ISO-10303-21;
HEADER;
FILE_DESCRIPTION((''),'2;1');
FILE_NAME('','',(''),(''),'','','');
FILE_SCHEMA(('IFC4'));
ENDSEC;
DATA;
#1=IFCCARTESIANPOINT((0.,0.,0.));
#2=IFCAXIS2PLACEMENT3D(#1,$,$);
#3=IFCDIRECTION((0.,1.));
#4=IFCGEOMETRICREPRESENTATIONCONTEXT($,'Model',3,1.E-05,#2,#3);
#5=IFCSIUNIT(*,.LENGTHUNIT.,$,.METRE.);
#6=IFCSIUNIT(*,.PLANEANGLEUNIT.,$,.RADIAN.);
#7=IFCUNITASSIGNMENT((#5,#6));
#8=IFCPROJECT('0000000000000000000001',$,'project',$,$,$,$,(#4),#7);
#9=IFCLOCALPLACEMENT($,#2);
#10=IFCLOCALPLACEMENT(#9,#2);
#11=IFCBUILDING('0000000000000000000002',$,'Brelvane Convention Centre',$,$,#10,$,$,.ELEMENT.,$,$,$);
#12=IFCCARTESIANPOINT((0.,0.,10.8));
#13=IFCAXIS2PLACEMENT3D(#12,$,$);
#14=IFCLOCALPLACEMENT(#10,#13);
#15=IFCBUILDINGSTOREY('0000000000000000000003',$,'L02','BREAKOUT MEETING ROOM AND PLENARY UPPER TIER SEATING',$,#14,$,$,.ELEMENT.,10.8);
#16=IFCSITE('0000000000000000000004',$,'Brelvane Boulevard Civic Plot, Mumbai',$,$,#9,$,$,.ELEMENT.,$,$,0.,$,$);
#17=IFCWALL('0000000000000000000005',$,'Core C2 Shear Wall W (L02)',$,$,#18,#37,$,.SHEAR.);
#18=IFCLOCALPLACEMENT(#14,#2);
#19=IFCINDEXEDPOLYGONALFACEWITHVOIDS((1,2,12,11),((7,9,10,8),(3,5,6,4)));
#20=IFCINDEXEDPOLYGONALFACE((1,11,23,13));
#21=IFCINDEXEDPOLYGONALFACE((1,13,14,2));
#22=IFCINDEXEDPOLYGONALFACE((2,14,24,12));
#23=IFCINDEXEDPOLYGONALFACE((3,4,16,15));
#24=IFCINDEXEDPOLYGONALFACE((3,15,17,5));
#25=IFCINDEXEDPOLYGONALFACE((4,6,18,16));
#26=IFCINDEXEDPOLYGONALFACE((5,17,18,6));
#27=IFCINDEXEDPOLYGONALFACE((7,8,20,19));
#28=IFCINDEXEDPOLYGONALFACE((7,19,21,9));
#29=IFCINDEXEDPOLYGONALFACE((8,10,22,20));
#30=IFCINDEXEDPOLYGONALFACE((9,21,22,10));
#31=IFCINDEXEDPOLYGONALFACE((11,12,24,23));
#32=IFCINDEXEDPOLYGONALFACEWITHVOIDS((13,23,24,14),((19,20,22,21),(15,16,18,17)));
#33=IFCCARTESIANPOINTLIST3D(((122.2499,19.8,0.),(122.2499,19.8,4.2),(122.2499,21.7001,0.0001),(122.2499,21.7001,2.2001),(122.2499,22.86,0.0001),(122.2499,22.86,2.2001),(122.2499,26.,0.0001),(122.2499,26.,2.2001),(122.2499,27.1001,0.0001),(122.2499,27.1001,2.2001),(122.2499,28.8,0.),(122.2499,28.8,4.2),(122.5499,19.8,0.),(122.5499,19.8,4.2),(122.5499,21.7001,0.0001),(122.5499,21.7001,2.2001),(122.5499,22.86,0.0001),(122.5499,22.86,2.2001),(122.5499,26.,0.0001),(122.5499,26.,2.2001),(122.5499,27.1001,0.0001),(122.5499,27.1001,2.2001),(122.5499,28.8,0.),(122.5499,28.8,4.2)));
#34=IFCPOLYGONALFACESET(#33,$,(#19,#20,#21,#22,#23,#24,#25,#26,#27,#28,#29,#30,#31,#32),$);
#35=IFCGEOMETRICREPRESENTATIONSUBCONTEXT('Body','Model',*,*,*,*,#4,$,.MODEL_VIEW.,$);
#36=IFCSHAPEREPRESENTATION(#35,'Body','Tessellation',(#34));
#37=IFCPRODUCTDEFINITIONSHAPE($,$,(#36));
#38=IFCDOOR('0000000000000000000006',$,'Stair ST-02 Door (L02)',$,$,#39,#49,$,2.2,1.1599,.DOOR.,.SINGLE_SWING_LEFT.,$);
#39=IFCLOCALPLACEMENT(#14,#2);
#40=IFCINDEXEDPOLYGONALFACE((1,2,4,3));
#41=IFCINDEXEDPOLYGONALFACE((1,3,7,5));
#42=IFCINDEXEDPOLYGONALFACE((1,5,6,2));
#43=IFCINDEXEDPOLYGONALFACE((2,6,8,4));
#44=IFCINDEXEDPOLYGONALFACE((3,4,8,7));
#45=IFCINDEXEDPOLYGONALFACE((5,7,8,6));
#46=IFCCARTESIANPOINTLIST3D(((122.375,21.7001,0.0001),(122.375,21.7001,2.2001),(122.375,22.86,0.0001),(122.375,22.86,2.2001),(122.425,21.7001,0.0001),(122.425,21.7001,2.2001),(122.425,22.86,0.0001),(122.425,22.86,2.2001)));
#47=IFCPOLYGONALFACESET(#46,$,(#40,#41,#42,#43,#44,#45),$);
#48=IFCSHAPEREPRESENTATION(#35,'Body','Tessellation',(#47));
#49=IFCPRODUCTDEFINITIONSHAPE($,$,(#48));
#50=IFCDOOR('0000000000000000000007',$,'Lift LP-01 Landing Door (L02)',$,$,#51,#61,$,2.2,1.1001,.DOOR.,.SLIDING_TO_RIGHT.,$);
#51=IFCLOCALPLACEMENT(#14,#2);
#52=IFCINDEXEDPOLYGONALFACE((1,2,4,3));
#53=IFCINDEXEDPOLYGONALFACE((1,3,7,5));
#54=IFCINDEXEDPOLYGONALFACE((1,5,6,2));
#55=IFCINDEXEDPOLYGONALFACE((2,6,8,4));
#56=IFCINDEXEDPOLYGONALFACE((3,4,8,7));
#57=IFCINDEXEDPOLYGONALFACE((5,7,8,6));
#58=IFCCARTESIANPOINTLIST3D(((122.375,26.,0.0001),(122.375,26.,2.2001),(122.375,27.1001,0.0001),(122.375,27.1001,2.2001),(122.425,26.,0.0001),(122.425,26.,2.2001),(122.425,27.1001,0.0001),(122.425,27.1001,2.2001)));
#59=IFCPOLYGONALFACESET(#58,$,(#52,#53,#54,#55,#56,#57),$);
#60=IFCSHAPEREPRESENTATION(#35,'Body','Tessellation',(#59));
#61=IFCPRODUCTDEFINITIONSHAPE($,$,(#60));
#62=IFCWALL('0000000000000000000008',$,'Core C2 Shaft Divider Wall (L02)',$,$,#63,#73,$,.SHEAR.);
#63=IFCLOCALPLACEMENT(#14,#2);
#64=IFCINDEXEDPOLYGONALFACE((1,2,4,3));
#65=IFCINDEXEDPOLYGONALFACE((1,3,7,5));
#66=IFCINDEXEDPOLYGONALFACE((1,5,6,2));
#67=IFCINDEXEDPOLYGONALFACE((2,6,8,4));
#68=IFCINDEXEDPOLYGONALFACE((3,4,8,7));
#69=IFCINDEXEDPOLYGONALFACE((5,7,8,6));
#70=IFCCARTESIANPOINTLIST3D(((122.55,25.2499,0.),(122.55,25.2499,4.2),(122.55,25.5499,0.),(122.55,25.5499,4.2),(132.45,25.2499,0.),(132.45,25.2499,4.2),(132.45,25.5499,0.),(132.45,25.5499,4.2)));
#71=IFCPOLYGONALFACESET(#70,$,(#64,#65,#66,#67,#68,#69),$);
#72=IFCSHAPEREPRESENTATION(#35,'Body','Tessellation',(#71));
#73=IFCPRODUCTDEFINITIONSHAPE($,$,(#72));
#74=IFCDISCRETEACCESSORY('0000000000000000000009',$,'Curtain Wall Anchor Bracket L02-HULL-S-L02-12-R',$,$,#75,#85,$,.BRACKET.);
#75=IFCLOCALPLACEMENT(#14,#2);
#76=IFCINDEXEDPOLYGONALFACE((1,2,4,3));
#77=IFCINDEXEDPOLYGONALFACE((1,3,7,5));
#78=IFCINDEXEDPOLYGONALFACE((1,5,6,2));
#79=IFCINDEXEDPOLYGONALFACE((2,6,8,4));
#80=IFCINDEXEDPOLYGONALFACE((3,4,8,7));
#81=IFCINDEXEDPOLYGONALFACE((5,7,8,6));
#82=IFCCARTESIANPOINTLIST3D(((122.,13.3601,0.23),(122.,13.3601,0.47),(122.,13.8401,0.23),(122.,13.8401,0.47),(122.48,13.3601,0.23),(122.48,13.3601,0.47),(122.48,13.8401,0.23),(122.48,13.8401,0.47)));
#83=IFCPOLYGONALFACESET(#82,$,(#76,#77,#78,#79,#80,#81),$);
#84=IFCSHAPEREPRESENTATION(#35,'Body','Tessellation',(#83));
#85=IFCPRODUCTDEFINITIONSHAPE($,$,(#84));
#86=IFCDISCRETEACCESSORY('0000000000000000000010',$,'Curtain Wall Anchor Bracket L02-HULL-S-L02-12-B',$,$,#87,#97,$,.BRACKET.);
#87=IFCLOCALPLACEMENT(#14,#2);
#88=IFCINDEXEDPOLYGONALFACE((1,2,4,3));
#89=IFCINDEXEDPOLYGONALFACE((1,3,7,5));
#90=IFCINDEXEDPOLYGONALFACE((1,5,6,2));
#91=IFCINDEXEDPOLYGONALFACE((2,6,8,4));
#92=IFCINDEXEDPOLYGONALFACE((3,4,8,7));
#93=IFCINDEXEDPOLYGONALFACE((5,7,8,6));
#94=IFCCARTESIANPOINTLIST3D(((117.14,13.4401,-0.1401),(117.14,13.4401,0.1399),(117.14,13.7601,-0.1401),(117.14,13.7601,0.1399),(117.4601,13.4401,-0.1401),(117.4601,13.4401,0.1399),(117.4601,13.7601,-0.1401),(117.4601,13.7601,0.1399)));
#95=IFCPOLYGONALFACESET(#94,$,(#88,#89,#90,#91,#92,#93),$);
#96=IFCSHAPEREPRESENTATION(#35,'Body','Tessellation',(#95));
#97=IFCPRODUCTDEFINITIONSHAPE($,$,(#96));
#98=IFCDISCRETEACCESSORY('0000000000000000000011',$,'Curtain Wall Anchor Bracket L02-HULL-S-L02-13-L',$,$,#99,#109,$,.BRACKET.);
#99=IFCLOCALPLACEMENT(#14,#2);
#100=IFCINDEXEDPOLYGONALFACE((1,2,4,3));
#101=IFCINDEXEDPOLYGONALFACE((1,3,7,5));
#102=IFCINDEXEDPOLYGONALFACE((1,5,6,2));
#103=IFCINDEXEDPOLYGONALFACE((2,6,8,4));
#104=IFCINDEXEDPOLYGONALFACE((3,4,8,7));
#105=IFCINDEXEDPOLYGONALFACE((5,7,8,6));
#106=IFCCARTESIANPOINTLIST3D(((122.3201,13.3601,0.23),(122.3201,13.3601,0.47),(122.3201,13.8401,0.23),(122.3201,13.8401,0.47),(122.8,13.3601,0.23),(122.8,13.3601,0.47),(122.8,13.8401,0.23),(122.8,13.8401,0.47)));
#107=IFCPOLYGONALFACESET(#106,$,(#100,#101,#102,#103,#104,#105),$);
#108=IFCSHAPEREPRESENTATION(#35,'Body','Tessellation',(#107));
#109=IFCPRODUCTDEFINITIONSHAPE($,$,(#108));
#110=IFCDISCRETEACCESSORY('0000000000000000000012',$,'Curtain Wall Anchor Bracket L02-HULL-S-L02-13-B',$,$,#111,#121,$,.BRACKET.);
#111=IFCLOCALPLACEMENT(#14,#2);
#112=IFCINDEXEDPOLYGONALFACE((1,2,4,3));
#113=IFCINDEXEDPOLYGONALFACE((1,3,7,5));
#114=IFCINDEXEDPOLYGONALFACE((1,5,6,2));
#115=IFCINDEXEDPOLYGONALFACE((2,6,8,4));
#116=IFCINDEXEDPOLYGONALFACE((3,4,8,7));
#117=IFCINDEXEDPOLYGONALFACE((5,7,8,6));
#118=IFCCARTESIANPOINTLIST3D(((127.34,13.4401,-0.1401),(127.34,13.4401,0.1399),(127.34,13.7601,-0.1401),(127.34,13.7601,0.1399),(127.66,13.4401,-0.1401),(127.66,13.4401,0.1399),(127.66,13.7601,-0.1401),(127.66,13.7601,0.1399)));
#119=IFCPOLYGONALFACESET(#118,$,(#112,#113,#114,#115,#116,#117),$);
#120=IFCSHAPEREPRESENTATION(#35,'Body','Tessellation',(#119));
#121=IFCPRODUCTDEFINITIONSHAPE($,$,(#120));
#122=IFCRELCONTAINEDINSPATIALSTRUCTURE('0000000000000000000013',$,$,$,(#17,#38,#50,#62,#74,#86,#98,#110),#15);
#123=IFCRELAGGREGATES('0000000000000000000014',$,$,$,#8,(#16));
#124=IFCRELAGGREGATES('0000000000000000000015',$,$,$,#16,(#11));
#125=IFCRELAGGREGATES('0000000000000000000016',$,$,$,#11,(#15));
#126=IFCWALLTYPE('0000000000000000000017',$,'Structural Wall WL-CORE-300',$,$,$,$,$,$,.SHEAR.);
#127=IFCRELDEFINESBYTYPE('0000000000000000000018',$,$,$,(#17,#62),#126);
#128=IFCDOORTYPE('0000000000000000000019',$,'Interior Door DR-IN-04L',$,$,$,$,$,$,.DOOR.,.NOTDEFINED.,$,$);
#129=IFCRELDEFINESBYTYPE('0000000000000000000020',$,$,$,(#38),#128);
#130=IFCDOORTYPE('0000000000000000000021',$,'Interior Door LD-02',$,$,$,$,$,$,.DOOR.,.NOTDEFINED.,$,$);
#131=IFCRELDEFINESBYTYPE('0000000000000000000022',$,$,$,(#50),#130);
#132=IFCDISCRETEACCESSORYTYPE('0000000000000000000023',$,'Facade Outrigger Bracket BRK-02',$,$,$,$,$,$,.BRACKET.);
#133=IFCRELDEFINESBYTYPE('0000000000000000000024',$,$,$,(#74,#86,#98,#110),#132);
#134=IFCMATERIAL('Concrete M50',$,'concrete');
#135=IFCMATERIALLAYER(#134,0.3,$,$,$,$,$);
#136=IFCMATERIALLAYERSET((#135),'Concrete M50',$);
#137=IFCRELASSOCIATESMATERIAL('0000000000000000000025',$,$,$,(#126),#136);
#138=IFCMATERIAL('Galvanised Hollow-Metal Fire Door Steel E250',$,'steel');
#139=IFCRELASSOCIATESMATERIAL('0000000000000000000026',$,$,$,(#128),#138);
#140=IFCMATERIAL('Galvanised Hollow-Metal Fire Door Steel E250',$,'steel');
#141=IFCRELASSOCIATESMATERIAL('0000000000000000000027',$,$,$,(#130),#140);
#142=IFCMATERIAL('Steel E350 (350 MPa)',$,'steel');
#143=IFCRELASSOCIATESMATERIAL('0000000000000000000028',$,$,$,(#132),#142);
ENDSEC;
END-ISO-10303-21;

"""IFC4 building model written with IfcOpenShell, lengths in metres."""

from ifc_helpers import new_model, si_unit, direction, frame, frame_2d, origin, origin_2d, place, context, subcontext, project, spatial, rectangle, extrude, material, layer, layer_set, type_object, element, fill, save


model = new_model("IFC4")

# Units and contexts
model_context = context("Model", 3, precision=1e-05, world=origin(), true_north=direction((0.0, 1.0)))
body_context = subcontext(model_context, "Body", "Model", "MODEL_VIEW")
ifc_project = project(units=[si_unit("LENGTHUNIT", "METRE"), si_unit("PLANEANGLEUNIT", "RADIAN")], contexts=[model_context])

# Site, building, storey
site_placement = place(None, origin())
site = spatial("IfcSite", under=ifc_project, at=site_placement, Name="Brelvane Boulevard Civic Plot, Mumbai", CompositionType="ELEMENT", RefElevation=0.0)
building_placement = place(site_placement, origin())
building = spatial("IfcBuilding", under=site, at=building_placement, Name="Brelvane Convention Centre", CompositionType="ELEMENT")
storey_placement = place(building_placement, frame((0.0, 0.0, 10.8)))
storey = spatial("IfcBuildingStorey", under=building, at=storey_placement, Name="L02", Description="BREAKOUT MEETING ROOM AND PLENARY UPPER TIER SEATING", CompositionType="ELEMENT", Elevation=10.8)

# Shared definitions
ifc_material_1 = material(Name="Concrete M50", Category="concrete")
ifc_layer_1 = layer(ifc_material_1, 0.3)
ifc_layer_set_1 = layer_set([ifc_layer_1], Name="Concrete M50")
wall_type = type_object("IfcWallType", Name="Structural Wall WL-CORE-300", PredefinedType="SHEAR", material=ifc_layer_set_1)

# Wall, openings, doors
wall_1_placement = place(storey_placement, frame((122.3999, 19.8, 0.0), z_axis=(0.0, 0.0, 1.0), x_axis=(0.0, 1.0, 0.0)))
wall_1 = element("IfcWall", 1, at=wall_1_placement, inside=storey, type_object=wall_type, Name="Core C2 Shear Wall W (L02)", PredefinedType="SHEAR", context=body_context, shape_type="SweptSolid", body=[
    extrude(rectangle(XDim=9.0, YDim=0.3, at=frame_2d((4.5, 0.0))), origin(), (0.0, 0.0, 1.0), 4.2),
])
opening_1_placement = place(wall_1_placement, frame((1.8999, 0.0, 0.0)))
opening_1 = element("IfcOpeningElement", 2, at=opening_1_placement, cuts=wall_1, PredefinedType="OPENING", context=body_context, shape_type="SweptSolid", body=[
    extrude(rectangle(XDim=1.1599, YDim=2.2, at=frame_2d((0.5801, 1.1001))), frame((0.0, 0.1599, 0.0), z_axis=(0.0, -1.0, 0.0), x_axis=(1.0, 0.0, 0.0)), (0.0, 0.0, 1.0), 0.3201),
])
opening_2_placement = place(wall_1_placement, frame((6.2, 0.0, 0.0)))
opening_2 = element("IfcOpeningElement", 3, at=opening_2_placement, cuts=wall_1, PredefinedType="OPENING", context=body_context, shape_type="SweptSolid", body=[
    extrude(rectangle(XDim=1.1001, YDim=2.2, at=frame_2d((0.55, 1.1001))), frame((0.0, 0.1599, 0.0), z_axis=(0.0, -1.0, 0.0), x_axis=(1.0, 0.0, 0.0)), (0.0, 0.0, 1.0), 0.3201),
])
ifc_material_2 = material(Name="Galvanised Hollow-Metal Fire Door Steel E250", Category="steel")
door_type_1 = type_object("IfcDoorType", Name="Interior Door DR-IN-04L", OperationType="NOTDEFINED", PredefinedType="DOOR", material=ifc_material_2)
door_1_placement = place(opening_1_placement, origin())
door_1 = element("IfcDoor", 4, at=door_1_placement, inside=storey, type_object=door_type_1, Name="Stair ST-02 Door (L02)", OperationType="SINGLE_SWING_LEFT", OverallHeight=2.2, OverallWidth=1.1599, PredefinedType="DOOR", context=body_context, shape_type="SweptSolid", body=[
    extrude(rectangle(XDim=1.1599, YDim=2.2, at=frame_2d((0.5801, 1.1001))), frame((0.0, 0.0249, 0.0), z_axis=(0.0, -1.0, 0.0), x_axis=(1.0, 0.0, 0.0)), (0.0, 0.0, 1.0), 0.05),
])
fill(opening_1, door_1)
ifc_material_3 = material(Name="Galvanised Hollow-Metal Fire Door Steel E250", Category="steel")
door_type_2 = type_object("IfcDoorType", Name="Interior Door LD-02", OperationType="NOTDEFINED", PredefinedType="DOOR", material=ifc_material_3)
door_2_placement = place(opening_2_placement, origin())
door_2 = element("IfcDoor", 5, at=door_2_placement, inside=storey, type_object=door_type_2, Name="Lift LP-01 Landing Door (L02)", OperationType="SLIDING_TO_RIGHT", OverallHeight=2.2, OverallWidth=1.1001, PredefinedType="DOOR", context=body_context, shape_type="SweptSolid", body=[
    extrude(rectangle(XDim=1.1001, YDim=2.2, at=frame_2d((0.55, 1.1001))), frame((0.0, 0.0249, 0.0), z_axis=(0.0, -1.0, 0.0), x_axis=(1.0, 0.0, 0.0)), (0.0, 0.0, 1.0), 0.05),
])
fill(opening_2, door_2)

# Wall
wall_2_placement = place(storey_placement, frame((122.55, 25.3999, 0.0), z_axis=(0.0, 0.0, 1.0), x_axis=(1.0, 0.0, 0.0)))
element("IfcWall", 6, at=wall_2_placement, inside=storey, type_object=wall_type, Name="Core C2 Shaft Divider Wall (L02)", PredefinedType="SHEAR", context=body_context, shape_type="SweptSolid", body=[
    extrude(rectangle(XDim=9.8999, YDim=0.3, at=frame_2d((4.95, 0.0))), origin(), (0.0, 0.0, 1.0), 4.2),
])

# Discrete accessories
ifc_material_4 = material(Name="Steel E350 (350 MPa)", Category="steel")
discrete_accessory_type = type_object("IfcDiscreteAccessoryType", Name="Facade Outrigger Bracket BRK-02", PredefinedType="BRACKET", material=ifc_material_4)
discrete_accessory_1_placement = place(storey_placement, frame((122.24, 13.6001, 0.23), z_axis=(0.0, 0.0, 1.0), x_axis=(1.0, 0.0, 0.0)))
element("IfcDiscreteAccessory", 7, at=discrete_accessory_1_placement, inside=storey, type_object=discrete_accessory_type, Name="Curtain Wall Anchor Bracket L02-HULL-S-L02-12-R", PredefinedType="BRACKET", context=body_context, shape_type="SweptSolid", body=[
    extrude(rectangle(XDim=0.48, YDim=0.48, at=origin_2d()), origin(), (0.0, 0.0, 1.0), 0.24),
])
discrete_accessory_2_placement = place(storey_placement, frame((117.3, 13.6001, -0.1401), z_axis=(0.0, 0.0, 1.0), x_axis=(1.0, 0.0, 0.0)))
element("IfcDiscreteAccessory", 8, at=discrete_accessory_2_placement, inside=storey, type_object=discrete_accessory_type, Name="Curtain Wall Anchor Bracket L02-HULL-S-L02-12-B", PredefinedType="BRACKET", context=body_context, shape_type="SweptSolid", body=[
    extrude(rectangle(XDim=0.3201, YDim=0.3201, at=origin_2d()), origin(), (0.0, 0.0, 1.0), 0.28),
])
discrete_accessory_3_placement = place(storey_placement, frame((122.5601, 13.6001, 0.23), z_axis=(0.0, 0.0, 1.0), x_axis=(1.0, 0.0, 0.0)))
element("IfcDiscreteAccessory", 9, at=discrete_accessory_3_placement, inside=storey, type_object=discrete_accessory_type, Name="Curtain Wall Anchor Bracket L02-HULL-S-L02-13-L", PredefinedType="BRACKET", context=body_context, shape_type="SweptSolid", body=[
    extrude(rectangle(XDim=0.48, YDim=0.48, at=origin_2d()), origin(), (0.0, 0.0, 1.0), 0.24),
])
discrete_accessory_4_placement = place(storey_placement, frame((127.5, 13.6001, -0.1401), z_axis=(0.0, 0.0, 1.0), x_axis=(1.0, 0.0, 0.0)))
element("IfcDiscreteAccessory", 10, at=discrete_accessory_4_placement, inside=storey, type_object=discrete_accessory_type, Name="Curtain Wall Anchor Bracket L02-HULL-S-L02-13-B", PredefinedType="BRACKET", context=body_context, shape_type="SweptSolid", body=[
    extrude(rectangle(XDim=0.3201, YDim=0.3201, at=origin_2d()), origin(), (0.0, 0.0, 1.0), 0.28),
])

save(model, "model.ifc")
